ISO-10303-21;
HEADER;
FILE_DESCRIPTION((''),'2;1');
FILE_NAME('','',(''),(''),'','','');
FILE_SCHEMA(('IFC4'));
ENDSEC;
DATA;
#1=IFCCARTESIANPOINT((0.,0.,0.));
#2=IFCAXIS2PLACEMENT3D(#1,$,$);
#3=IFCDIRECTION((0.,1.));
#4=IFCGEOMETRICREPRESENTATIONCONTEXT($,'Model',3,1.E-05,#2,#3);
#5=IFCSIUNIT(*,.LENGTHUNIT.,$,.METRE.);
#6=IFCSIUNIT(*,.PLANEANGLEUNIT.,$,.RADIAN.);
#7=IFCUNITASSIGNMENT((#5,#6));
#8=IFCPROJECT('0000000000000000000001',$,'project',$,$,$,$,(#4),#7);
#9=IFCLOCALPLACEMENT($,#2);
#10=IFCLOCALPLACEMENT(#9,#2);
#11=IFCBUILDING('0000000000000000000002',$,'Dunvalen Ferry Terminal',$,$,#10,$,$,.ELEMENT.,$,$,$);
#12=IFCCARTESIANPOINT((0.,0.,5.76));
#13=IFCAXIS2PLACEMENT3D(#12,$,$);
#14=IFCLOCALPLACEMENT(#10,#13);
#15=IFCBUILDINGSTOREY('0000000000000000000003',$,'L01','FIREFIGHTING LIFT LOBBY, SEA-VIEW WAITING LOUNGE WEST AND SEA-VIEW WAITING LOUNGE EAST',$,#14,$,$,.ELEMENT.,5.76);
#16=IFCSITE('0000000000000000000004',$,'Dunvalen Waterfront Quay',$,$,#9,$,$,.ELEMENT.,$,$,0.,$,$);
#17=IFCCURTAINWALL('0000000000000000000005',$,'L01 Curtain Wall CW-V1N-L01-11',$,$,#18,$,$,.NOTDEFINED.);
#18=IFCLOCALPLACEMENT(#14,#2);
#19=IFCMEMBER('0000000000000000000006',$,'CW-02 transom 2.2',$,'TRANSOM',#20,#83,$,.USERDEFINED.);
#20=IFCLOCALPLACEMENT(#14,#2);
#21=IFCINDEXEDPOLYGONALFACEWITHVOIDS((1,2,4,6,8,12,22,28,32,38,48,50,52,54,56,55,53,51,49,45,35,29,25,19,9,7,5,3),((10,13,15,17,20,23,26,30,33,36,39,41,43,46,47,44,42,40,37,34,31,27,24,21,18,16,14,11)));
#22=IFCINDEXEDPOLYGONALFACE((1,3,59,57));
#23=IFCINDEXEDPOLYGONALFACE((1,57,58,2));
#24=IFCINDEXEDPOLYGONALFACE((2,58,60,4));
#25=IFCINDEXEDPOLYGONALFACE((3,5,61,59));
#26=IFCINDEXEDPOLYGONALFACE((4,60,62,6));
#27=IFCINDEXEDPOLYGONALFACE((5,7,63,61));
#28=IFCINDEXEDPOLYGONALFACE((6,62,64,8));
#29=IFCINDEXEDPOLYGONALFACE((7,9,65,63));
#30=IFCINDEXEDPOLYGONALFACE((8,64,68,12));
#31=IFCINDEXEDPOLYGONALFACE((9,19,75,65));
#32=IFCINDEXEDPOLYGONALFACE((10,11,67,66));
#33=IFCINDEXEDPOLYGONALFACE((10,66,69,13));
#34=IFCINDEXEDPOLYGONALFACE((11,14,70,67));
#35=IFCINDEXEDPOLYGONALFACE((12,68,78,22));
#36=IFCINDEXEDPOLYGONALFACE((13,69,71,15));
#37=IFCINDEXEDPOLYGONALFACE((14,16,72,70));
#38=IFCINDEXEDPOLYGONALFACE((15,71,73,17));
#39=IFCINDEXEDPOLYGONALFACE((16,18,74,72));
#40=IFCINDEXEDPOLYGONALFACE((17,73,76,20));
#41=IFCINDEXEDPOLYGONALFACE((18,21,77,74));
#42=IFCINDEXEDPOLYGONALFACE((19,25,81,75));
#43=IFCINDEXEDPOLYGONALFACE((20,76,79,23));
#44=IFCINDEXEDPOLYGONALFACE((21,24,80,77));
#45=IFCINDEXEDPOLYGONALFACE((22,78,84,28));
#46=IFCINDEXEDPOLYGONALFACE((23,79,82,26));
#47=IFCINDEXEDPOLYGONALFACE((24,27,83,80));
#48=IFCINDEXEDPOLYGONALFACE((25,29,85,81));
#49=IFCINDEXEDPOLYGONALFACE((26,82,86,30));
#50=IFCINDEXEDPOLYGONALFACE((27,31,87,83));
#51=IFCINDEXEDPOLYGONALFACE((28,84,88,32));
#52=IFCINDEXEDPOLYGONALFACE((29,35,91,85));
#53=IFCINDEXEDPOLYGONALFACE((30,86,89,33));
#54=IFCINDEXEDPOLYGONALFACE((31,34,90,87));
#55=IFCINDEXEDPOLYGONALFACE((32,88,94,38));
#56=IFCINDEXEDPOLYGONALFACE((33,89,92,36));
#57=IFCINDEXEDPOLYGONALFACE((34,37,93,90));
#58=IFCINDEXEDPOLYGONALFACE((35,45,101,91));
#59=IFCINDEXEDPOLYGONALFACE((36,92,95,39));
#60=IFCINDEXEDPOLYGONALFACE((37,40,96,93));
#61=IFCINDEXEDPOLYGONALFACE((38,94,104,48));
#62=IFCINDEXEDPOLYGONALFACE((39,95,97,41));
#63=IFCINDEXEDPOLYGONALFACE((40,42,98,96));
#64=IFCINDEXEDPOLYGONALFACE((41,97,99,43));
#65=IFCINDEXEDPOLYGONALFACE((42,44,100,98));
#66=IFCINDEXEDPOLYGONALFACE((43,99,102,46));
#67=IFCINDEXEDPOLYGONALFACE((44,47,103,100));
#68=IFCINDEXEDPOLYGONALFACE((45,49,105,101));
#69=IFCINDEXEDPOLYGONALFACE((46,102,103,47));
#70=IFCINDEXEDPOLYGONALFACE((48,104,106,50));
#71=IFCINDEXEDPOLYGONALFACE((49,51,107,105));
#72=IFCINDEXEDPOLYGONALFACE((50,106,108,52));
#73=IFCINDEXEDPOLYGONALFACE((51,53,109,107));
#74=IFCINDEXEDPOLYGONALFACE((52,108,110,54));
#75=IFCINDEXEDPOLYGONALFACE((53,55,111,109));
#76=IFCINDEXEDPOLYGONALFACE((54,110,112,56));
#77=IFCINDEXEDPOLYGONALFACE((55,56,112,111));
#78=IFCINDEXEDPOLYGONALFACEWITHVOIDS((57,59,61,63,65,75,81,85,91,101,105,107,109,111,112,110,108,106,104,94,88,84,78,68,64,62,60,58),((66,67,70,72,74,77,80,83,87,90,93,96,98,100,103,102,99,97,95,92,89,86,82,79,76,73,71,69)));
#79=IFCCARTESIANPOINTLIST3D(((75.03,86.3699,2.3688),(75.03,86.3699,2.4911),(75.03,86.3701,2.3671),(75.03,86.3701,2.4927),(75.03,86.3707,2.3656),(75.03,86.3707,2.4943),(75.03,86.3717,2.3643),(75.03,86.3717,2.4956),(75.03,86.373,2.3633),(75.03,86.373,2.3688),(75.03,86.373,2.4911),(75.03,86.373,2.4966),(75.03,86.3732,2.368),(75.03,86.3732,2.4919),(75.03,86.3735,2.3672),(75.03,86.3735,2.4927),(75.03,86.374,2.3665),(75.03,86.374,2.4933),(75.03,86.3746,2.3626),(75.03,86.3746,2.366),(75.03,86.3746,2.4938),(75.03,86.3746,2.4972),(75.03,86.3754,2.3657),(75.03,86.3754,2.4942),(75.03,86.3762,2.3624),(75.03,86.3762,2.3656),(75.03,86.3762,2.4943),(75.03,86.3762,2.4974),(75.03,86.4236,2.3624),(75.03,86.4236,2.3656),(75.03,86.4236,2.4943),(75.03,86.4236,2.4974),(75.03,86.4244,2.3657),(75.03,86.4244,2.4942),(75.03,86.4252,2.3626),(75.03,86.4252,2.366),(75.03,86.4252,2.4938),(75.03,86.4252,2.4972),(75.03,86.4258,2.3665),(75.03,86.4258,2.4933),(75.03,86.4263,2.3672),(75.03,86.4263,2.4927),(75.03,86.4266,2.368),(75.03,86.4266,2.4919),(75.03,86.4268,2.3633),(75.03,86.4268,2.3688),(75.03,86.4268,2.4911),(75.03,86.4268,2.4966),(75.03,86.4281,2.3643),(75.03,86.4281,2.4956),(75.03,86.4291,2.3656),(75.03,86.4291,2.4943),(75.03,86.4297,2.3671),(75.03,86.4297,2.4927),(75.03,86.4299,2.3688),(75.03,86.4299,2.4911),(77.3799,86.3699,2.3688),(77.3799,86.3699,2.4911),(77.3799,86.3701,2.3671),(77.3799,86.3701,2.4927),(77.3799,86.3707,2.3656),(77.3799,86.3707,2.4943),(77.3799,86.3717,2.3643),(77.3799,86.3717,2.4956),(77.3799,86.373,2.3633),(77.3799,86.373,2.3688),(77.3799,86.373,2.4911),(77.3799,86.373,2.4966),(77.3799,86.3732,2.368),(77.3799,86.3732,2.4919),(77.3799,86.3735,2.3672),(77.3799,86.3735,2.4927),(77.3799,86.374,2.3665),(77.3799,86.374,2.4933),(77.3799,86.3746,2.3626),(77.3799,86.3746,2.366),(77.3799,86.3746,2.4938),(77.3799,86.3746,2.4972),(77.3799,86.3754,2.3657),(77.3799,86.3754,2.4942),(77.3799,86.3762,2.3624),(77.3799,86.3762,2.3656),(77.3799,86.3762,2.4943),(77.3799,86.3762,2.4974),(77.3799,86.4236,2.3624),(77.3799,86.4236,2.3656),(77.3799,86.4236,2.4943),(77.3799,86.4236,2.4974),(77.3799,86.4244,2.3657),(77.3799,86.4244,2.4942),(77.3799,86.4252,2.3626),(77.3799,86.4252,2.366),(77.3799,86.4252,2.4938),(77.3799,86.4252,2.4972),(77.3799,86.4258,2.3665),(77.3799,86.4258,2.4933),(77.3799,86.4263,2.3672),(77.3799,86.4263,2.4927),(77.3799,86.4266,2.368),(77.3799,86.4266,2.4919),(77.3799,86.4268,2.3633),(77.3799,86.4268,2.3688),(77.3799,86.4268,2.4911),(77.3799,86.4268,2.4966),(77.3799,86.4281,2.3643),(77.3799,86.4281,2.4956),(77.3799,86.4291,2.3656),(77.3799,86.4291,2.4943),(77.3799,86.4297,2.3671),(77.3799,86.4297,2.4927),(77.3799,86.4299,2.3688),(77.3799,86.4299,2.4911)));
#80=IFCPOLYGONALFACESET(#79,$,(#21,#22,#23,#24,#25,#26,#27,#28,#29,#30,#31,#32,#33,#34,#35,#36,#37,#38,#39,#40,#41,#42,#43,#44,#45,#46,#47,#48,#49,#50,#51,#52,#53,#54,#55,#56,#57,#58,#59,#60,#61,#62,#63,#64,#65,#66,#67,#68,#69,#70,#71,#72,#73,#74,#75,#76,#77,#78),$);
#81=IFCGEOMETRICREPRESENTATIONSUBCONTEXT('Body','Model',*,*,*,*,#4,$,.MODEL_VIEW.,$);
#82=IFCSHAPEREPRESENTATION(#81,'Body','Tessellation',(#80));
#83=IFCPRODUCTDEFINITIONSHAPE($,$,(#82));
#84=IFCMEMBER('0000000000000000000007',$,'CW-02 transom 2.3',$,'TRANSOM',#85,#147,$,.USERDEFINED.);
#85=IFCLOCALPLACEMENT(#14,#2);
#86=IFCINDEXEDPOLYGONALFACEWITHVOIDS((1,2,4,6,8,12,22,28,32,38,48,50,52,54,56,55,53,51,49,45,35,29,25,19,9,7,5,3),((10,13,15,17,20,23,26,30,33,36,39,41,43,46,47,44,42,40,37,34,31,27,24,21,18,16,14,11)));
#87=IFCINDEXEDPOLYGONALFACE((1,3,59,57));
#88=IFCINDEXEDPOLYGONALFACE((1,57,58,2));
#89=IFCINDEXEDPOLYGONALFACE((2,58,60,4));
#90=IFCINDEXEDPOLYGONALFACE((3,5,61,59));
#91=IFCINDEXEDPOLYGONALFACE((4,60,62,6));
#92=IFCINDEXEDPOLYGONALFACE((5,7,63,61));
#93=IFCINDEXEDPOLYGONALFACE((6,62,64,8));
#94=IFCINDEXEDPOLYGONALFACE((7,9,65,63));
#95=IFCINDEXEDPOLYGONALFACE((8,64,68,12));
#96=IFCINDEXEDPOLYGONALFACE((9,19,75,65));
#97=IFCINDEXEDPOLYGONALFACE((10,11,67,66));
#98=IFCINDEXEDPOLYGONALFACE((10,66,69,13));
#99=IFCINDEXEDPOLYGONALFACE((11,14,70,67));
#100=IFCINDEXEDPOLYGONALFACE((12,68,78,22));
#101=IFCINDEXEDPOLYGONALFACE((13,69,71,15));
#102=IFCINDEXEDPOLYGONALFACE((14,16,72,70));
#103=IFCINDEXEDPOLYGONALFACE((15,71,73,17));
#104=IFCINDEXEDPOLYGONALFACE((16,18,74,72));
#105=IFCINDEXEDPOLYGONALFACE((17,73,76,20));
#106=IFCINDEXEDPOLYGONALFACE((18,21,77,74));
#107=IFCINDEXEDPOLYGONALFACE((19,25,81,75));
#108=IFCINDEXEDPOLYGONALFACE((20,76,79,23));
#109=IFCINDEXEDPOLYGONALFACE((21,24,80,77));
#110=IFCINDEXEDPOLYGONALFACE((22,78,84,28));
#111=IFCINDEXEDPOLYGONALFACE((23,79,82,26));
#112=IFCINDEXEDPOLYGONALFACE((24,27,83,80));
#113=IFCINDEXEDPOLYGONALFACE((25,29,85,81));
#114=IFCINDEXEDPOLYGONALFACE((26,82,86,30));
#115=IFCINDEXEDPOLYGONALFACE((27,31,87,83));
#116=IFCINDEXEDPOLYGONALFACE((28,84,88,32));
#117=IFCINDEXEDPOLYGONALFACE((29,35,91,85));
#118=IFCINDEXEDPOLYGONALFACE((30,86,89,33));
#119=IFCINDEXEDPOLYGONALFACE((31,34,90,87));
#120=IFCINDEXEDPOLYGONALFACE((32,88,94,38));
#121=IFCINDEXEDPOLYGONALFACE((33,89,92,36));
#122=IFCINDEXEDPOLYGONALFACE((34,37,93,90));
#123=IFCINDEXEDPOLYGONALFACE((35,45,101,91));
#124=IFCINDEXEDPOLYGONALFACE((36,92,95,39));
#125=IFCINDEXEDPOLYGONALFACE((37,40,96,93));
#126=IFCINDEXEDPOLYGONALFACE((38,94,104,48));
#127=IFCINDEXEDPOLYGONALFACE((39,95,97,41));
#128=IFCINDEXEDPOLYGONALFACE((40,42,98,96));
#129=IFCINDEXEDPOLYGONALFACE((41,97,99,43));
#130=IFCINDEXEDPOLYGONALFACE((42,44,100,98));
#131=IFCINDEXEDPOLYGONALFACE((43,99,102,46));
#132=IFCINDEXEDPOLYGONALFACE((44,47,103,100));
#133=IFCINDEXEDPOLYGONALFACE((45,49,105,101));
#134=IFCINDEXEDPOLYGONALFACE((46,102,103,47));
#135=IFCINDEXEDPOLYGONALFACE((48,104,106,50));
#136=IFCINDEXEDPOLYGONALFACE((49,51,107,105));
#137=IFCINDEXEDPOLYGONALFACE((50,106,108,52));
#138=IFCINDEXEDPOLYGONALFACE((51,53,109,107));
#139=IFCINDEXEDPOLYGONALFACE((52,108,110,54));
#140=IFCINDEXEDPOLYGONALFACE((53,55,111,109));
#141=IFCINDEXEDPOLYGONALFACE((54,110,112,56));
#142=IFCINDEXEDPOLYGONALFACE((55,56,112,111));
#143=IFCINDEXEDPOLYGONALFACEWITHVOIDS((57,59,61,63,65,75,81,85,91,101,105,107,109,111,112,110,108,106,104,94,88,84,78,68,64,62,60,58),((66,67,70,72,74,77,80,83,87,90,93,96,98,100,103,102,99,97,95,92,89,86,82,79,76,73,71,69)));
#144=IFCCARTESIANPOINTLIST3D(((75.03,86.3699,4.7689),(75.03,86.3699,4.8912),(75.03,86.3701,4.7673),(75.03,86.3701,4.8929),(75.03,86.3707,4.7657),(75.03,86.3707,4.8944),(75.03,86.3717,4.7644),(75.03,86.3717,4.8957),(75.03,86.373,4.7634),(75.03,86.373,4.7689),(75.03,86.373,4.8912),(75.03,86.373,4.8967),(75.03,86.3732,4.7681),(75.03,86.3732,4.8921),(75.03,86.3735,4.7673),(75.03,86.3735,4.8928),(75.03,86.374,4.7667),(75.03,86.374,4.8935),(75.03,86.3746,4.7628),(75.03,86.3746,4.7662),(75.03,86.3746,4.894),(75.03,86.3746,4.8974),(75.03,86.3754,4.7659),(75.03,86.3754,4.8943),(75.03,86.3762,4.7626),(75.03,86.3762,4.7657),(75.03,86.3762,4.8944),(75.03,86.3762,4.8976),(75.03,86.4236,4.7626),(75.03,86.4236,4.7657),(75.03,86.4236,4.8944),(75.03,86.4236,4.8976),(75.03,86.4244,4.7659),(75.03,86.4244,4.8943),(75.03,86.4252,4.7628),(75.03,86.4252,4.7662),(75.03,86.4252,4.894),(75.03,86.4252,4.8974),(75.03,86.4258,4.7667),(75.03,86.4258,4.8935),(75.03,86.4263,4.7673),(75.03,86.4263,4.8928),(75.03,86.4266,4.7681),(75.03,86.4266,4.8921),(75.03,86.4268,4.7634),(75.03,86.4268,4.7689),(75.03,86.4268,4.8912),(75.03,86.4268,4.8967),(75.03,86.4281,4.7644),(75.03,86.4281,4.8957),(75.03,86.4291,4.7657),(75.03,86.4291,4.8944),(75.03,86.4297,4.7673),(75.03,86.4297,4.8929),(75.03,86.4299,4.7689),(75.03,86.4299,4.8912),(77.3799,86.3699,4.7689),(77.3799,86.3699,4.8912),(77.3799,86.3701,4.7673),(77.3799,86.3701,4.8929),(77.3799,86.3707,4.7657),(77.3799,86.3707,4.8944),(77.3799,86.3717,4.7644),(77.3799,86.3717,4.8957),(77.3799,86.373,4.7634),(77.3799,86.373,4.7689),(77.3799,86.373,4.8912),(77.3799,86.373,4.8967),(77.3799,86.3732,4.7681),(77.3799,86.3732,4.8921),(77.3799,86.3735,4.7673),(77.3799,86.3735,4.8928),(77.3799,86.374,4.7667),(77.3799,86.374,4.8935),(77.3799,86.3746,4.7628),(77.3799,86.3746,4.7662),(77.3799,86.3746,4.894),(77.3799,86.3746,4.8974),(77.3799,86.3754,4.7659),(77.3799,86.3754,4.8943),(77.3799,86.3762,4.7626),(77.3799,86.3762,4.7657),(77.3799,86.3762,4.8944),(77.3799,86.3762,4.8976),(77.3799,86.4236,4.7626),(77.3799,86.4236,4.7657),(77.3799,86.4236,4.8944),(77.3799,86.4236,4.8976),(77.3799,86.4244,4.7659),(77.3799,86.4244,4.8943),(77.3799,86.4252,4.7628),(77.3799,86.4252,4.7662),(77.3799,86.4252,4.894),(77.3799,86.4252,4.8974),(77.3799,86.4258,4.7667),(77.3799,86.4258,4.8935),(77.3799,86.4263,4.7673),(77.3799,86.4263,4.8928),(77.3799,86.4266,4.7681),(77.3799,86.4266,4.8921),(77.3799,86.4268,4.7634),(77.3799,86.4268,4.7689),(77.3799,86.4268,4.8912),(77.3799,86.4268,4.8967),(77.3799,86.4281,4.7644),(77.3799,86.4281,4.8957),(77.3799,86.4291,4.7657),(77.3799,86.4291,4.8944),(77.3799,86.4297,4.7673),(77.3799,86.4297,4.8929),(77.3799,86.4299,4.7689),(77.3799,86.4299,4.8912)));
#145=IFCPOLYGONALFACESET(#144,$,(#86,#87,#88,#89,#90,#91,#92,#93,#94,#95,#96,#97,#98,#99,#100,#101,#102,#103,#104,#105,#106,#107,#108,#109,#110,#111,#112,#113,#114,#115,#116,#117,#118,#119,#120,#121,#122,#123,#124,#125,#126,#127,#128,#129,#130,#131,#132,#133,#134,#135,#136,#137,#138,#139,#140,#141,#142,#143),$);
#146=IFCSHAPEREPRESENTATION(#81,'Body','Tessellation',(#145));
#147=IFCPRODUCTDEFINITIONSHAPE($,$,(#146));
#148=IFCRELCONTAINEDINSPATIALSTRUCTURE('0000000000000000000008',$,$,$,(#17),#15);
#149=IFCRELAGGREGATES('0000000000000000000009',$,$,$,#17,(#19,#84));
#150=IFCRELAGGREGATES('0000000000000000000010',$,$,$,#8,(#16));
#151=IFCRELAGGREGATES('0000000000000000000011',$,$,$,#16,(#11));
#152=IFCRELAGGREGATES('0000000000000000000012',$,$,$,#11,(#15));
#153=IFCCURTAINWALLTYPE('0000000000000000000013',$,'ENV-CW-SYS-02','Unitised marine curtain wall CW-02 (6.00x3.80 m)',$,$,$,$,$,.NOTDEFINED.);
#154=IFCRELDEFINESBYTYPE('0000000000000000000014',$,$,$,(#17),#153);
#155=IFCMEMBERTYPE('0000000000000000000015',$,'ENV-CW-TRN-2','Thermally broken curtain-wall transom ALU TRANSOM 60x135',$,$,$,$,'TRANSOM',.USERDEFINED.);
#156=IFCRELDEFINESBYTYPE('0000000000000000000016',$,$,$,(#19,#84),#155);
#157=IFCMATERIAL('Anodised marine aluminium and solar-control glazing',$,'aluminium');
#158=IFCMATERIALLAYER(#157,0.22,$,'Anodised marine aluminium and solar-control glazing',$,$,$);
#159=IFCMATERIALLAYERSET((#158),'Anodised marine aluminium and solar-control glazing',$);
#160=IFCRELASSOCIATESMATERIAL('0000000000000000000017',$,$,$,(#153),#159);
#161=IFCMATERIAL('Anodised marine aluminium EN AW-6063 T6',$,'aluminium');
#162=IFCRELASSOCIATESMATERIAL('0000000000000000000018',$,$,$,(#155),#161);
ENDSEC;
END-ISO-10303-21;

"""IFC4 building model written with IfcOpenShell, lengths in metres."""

from ifc_helpers import new_model, si_unit, direction, frame, origin, origin_2d, place, context, subcontext, project, spatial, hollow_rectangle, extrude, material, layer, layer_set, material_profile, profile_set, type_object, element, aggregate, save


model = new_model("IFC4")

# Units and contexts
model_context = context("Model", 3, precision=1e-05, world=origin(), true_north=direction((0.0, 1.0)))
body_context = subcontext(model_context, "Body", "Model", "MODEL_VIEW")
ifc_project = project(units=[si_unit("LENGTHUNIT", "METRE"), si_unit("PLANEANGLEUNIT", "RADIAN")], contexts=[model_context])

# Site, building, storey
site_placement = place(None, origin())
site = spatial("IfcSite", under=ifc_project, at=site_placement, Name="Dunvalen Waterfront Quay", CompositionType="ELEMENT", RefElevation=0.0)
building_placement = place(site_placement, origin())
building = spatial("IfcBuilding", under=site, at=building_placement, Name="Dunvalen Ferry Terminal", CompositionType="ELEMENT")
storey_placement = place(building_placement, frame((0.0, 0.0, 5.76)))
storey = spatial("IfcBuildingStorey", under=building, at=storey_placement, Name="L01", Description="FIREFIGHTING LIFT LOBBY, SEA-VIEW WAITING LOUNGE WEST AND SEA-VIEW WAITING LOUNGE EAST", CompositionType="ELEMENT", Elevation=5.76)

# Curtain wall
ifc_material_1 = material(Name="Anodised marine aluminium and solar-control glazing", Category="aluminium")
ifc_layer_1 = layer(ifc_material_1, 0.22, Name="Anodised marine aluminium and solar-control glazing")
ifc_layer_set_1 = layer_set([ifc_layer_1], Name="Anodised marine aluminium and solar-control glazing")
curtain_wall_type = type_object("IfcCurtainWallType", Name="ENV-CW-SYS-02", Description="Unitised marine curtain wall CW-02 (6.00x3.80 m)", PredefinedType="NOTDEFINED", material=ifc_layer_set_1)
ifc_material_2 = material(Name="Anodised marine aluminium EN AW-6063 T6", Category="aluminium")
curtain_wall_1_placement = place(storey_placement, origin())
curtain_wall_1 = element("IfcCurtainWall", 1, at=curtain_wall_1_placement, inside=storey, type_object=curtain_wall_type, Name="L01 Curtain Wall CW-V1N-L01-11", PredefinedType="NOTDEFINED")

# Members
ifc_material_profile_1 = material_profile(ifc_material_2, hollow_rectangle(XDim=0.0601, YDim=0.135, WallThickness=0.0032, InnerFilletRadius=0.0032, OuterFilletRadius=0.0063, at=origin_2d()), Name="Anodised marine aluminium EN AW-6063 T6")
ifc_profile_set_1 = profile_set([ifc_material_profile_1], Name="Anodised marine aluminium EN AW-6063 T6")
member_type_1 = type_object("IfcMemberType", Name="ENV-CW-TRN-2", Description="Thermally broken curtain-wall transom ALU TRANSOM 60x135", ElementType="TRANSOM", PredefinedType="USERDEFINED", material=ifc_profile_set_1)
member_1_placement = place(storey_placement, frame((75.03, 86.3999, 2.4299), z_axis=(1.0, 0.0, 0.0), x_axis=(0.0, 1.0, 0.0)))
member_1 = element("IfcMember", 2, at=member_1_placement, type_object=member_type_1, Name="CW-02 transom 2.2", ObjectType="TRANSOM", PredefinedType="USERDEFINED", context=body_context, shape_type="SweptSolid", body=[
    extrude(hollow_rectangle(XDim=0.0601, YDim=0.135, WallThickness=0.0032, InnerFilletRadius=0.0032, OuterFilletRadius=0.0063, at=origin_2d()), origin(), (0.0, 0.0, 1.0), 2.3499),
])
member_2_placement = place(storey_placement, frame((75.03, 86.3999, 4.8301), z_axis=(1.0, 0.0, 0.0), x_axis=(0.0, 1.0, 0.0)))
member_2 = element("IfcMember", 3, at=member_2_placement, type_object=member_type_1, Name="CW-02 transom 2.3", ObjectType="TRANSOM", PredefinedType="USERDEFINED", context=body_context, shape_type="SweptSolid", body=[
    extrude(hollow_rectangle(XDim=0.0601, YDim=0.135, WallThickness=0.0032, InnerFilletRadius=0.0032, OuterFilletRadius=0.0063, at=origin_2d()), origin(), (0.0, 0.0, 1.0), 2.3499),
])

aggregate(curtain_wall_1, [member_1, member_2])

save(model, "model.ifc")
